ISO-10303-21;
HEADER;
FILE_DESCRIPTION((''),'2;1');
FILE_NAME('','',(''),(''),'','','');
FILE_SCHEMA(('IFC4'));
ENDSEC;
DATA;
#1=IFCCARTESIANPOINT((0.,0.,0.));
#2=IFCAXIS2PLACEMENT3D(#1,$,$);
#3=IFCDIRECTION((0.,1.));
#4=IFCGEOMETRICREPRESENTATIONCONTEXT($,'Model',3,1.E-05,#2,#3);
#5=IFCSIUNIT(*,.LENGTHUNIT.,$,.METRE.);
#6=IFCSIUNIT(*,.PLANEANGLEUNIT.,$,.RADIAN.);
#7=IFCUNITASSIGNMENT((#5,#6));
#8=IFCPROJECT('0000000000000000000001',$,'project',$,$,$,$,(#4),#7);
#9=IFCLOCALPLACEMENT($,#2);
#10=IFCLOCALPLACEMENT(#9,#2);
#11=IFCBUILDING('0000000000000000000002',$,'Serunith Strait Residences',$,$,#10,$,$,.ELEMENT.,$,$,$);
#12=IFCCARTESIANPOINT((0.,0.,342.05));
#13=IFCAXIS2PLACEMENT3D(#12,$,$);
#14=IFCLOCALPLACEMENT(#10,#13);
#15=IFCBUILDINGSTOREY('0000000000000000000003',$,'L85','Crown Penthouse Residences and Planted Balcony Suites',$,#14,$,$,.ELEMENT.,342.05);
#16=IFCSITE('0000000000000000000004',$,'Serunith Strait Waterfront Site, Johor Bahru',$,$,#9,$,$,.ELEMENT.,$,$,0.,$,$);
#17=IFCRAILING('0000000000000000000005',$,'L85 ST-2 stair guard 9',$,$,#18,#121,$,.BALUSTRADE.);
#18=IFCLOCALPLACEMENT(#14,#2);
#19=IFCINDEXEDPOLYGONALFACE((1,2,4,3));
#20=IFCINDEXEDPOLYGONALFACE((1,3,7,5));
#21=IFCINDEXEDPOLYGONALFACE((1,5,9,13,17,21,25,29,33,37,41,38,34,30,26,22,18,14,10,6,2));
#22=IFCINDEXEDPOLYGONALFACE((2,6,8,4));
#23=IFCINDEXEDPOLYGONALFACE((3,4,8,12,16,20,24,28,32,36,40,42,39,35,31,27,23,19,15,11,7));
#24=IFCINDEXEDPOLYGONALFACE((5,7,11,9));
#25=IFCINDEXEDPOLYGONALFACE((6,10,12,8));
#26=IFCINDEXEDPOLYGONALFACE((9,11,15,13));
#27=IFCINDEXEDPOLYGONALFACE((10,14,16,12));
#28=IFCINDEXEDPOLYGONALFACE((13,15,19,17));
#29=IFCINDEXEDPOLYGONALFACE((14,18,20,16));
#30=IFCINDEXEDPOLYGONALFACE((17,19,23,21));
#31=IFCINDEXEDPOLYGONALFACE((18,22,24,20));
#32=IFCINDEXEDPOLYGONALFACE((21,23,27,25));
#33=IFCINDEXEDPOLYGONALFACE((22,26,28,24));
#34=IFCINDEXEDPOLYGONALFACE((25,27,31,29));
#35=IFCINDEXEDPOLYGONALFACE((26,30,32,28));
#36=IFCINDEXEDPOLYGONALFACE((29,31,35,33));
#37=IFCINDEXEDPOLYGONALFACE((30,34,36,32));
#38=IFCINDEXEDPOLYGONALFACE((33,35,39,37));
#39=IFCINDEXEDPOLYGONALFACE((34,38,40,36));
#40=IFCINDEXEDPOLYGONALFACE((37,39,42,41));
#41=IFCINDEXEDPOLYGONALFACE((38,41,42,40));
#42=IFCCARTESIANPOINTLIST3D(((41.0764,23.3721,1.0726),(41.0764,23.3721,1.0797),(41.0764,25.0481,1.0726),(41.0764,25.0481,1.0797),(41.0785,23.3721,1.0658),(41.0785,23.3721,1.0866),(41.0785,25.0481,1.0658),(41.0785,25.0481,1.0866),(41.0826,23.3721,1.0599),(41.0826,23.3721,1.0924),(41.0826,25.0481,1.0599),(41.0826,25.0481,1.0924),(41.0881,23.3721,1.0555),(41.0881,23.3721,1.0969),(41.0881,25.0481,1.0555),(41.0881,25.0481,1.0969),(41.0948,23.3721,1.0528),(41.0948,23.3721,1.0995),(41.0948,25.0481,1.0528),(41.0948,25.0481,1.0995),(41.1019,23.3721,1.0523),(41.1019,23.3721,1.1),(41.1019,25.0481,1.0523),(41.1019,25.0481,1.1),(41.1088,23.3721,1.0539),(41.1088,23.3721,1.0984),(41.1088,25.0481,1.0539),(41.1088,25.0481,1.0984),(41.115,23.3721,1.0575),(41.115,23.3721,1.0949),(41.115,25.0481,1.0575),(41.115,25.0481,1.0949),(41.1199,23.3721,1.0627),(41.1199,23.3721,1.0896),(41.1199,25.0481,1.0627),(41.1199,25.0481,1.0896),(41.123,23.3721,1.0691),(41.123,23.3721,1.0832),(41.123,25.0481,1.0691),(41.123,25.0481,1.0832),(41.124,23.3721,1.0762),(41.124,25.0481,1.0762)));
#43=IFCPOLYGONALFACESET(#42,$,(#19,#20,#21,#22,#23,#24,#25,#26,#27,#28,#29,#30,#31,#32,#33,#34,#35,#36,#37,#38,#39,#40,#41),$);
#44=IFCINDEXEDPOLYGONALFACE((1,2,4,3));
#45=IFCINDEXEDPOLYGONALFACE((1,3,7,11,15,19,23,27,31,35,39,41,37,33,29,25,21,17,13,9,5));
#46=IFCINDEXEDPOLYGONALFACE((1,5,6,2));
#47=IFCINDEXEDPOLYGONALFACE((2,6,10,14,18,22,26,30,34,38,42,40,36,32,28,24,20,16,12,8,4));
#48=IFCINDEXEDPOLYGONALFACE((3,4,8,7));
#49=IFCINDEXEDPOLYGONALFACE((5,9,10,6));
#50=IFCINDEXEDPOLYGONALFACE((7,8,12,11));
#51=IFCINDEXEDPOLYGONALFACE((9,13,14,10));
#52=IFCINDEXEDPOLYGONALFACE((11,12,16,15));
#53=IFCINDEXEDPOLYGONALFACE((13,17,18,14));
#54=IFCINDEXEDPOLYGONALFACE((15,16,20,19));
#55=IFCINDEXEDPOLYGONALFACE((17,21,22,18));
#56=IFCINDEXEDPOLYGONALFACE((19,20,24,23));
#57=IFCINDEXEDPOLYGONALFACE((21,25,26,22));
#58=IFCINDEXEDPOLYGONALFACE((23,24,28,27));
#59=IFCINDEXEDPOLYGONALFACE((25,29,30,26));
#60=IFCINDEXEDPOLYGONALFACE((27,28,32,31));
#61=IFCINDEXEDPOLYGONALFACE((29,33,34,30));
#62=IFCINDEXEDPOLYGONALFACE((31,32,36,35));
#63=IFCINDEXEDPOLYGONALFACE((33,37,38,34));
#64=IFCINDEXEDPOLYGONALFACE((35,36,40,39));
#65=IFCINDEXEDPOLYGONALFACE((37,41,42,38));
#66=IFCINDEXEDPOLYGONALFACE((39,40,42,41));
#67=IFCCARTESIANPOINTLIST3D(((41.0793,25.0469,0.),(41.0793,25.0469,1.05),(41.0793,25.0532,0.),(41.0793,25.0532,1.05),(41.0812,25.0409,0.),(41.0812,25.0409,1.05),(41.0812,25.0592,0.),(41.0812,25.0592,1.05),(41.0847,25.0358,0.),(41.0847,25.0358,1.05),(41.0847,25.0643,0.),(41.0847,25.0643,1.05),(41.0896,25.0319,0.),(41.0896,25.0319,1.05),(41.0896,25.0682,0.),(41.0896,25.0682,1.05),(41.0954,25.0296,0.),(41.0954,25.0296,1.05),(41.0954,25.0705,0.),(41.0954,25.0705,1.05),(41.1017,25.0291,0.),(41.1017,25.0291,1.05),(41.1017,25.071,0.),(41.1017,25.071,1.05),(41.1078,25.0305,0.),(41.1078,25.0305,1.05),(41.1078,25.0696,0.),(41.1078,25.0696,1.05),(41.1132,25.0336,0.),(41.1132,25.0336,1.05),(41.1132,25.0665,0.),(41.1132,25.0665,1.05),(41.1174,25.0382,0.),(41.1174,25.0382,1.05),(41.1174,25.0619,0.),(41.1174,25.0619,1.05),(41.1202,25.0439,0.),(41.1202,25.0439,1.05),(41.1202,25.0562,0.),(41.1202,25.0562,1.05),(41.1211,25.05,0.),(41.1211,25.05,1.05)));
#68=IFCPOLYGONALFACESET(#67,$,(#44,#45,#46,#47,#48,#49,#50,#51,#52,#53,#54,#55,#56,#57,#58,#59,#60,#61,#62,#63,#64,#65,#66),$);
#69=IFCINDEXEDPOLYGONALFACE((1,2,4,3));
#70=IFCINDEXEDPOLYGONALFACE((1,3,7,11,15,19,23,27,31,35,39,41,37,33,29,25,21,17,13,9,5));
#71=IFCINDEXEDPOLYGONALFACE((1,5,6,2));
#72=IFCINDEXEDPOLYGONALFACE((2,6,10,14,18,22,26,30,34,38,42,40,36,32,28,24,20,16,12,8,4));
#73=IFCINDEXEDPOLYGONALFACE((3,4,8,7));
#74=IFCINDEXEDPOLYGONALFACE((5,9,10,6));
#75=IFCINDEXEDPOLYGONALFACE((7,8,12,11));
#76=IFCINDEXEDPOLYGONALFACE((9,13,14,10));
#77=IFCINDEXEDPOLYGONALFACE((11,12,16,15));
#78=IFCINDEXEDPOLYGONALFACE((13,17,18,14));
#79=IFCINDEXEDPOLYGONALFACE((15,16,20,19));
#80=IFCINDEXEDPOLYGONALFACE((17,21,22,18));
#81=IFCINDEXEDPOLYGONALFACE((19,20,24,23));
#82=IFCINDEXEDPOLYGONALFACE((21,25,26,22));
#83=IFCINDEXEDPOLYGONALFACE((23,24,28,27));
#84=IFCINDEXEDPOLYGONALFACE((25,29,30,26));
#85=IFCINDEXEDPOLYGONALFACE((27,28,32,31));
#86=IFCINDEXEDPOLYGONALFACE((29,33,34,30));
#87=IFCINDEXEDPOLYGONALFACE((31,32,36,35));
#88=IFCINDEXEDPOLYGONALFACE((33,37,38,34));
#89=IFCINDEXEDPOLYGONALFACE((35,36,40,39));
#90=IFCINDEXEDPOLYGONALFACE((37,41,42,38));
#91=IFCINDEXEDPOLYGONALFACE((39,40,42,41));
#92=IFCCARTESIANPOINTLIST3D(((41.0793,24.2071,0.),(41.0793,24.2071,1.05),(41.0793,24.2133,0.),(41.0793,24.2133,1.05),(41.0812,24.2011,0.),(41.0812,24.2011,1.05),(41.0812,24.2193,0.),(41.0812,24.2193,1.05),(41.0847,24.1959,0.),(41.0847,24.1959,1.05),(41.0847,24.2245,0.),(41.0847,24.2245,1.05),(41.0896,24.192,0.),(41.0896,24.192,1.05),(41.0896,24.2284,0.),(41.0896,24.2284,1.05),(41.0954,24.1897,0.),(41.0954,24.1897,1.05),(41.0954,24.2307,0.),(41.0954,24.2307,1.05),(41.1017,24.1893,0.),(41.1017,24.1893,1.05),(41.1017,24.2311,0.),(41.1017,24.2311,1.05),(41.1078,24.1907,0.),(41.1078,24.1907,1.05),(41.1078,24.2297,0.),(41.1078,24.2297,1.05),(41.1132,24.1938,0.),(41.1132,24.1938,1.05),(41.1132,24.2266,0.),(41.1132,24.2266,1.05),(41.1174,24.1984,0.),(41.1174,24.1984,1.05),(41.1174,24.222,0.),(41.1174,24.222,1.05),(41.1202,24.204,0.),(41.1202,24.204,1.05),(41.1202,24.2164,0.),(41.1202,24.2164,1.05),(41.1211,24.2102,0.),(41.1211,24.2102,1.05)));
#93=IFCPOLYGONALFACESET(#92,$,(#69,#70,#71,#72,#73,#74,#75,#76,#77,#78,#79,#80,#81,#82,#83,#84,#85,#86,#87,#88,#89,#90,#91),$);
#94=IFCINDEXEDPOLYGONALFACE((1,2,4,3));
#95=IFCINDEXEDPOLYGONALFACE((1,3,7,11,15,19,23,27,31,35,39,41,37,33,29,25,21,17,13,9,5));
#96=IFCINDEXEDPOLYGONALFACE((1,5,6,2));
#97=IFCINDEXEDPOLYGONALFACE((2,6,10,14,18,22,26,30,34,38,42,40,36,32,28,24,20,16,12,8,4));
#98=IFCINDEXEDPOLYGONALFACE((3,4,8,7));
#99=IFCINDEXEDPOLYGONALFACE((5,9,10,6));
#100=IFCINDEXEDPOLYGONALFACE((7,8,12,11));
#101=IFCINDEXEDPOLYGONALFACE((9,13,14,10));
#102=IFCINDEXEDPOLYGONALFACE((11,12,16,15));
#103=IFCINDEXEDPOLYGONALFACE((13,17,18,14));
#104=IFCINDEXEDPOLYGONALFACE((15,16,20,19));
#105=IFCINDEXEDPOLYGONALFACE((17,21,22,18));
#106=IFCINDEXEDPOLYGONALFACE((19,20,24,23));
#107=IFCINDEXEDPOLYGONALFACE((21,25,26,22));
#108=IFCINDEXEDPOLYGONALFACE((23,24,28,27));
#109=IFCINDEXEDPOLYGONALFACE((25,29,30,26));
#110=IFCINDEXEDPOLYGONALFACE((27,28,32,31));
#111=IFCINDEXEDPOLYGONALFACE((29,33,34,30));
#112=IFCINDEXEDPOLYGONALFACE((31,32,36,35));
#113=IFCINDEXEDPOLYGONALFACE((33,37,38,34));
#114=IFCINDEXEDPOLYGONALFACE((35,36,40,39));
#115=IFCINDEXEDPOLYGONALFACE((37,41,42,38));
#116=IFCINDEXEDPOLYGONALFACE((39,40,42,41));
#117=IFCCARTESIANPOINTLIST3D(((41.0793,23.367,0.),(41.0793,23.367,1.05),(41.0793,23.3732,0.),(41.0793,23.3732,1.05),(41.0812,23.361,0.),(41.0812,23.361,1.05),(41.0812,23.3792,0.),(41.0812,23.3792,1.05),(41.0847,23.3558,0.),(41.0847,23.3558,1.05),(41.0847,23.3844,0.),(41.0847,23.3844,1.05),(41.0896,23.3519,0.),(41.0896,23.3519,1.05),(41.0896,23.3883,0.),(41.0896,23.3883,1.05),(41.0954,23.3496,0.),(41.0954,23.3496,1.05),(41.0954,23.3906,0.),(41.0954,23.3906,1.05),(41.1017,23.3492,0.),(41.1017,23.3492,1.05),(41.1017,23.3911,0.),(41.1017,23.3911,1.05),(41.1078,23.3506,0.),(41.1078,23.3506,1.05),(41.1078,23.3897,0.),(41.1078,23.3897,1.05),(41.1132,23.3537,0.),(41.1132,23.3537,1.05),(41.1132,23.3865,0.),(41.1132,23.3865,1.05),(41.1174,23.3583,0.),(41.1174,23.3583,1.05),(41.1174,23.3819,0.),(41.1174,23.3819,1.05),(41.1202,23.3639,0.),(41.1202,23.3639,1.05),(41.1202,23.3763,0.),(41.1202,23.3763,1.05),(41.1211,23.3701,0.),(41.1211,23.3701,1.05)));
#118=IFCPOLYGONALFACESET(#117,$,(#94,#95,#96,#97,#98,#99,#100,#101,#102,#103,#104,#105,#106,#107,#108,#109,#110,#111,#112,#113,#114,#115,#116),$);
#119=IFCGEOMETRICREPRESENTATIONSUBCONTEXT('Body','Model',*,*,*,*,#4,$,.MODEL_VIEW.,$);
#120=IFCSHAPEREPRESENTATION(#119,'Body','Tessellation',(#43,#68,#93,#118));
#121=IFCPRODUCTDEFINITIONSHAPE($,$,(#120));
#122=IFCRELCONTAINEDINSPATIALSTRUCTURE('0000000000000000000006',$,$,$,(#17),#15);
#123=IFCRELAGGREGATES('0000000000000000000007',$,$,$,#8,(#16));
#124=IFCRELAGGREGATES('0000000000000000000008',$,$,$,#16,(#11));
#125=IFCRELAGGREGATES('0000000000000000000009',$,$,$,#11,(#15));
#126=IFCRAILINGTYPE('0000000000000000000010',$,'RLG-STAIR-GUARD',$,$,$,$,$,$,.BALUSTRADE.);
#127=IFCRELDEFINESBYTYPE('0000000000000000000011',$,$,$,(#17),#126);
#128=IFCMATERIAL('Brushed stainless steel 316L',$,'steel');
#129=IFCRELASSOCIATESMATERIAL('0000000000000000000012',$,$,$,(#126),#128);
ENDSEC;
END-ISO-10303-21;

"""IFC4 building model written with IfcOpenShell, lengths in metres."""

from ifc_helpers import new_model, si_unit, direction, frame, origin, origin_2d, place, context, subcontext, project, spatial, circle, extrude, material, type_object, element, save


model = new_model("IFC4")

# Units and contexts
model_context = context("Model", 3, precision=1e-05, world=origin(), true_north=direction((0.0, 1.0)))
body_context = subcontext(model_context, "Body", "Model", "MODEL_VIEW")
ifc_project = project(units=[si_unit("LENGTHUNIT", "METRE"), si_unit("PLANEANGLEUNIT", "RADIAN")], contexts=[model_context])

# Site, building, storey
site_placement = place(None, origin())
site = spatial("IfcSite", under=ifc_project, at=site_placement, Name="Serunith Strait Waterfront Site, Johor Bahru", CompositionType="ELEMENT", RefElevation=0.0)
building_placement = place(site_placement, origin())
building = spatial("IfcBuilding", under=site, at=building_placement, Name="Serunith Strait Residences", CompositionType="ELEMENT")
storey_placement = place(building_placement, frame((0.0, 0.0, 342.05)))
storey = spatial("IfcBuildingStorey", under=building, at=storey_placement, Name="L85", Description="Crown Penthouse Residences and Planted Balcony Suites", CompositionType="ELEMENT", Elevation=342.05)

# Railing
ifc_material_1 = material(Name="Brushed stainless steel 316L", Category="steel")
railing_type = type_object("IfcRailingType", Name="RLG-STAIR-GUARD", PredefinedType="BALUSTRADE", material=ifc_material_1)
for number, where, name in (
    (1, (41.1001, 25.05, 0.0), "L85 ST-2 stair guard 9"),
):
    element("IfcRailing", number, at=place(storey_placement, frame(where)), inside=storey, type_object=railing_type, Name=name, PredefinedType="BALUSTRADE", context=body_context, shape_type="SweptSolid", body=[
        extrude(circle(Radius=0.0239, at=origin_2d()), frame((0.0, -0.002, 1.0762), z_axis=(0.0, -1.0, 0.0), x_axis=(1.0, 0.0, 0.0)), (0.0, 0.0, 1.0), 1.676),
        extrude(circle(Radius=0.021, at=origin_2d()), origin(), (0.0, 0.0, 1.0), 1.05),
        extrude(circle(Radius=0.021, at=origin_2d()), frame((0.0, -0.8398, 0.0)), (0.0, 0.0, 1.0), 1.05),
        extrude(circle(Radius=0.021, at=origin_2d()), frame((0.0, -1.6799, 0.0)), (0.0, 0.0, 1.0), 1.05),
    ])

save(model, "model.ifc")
